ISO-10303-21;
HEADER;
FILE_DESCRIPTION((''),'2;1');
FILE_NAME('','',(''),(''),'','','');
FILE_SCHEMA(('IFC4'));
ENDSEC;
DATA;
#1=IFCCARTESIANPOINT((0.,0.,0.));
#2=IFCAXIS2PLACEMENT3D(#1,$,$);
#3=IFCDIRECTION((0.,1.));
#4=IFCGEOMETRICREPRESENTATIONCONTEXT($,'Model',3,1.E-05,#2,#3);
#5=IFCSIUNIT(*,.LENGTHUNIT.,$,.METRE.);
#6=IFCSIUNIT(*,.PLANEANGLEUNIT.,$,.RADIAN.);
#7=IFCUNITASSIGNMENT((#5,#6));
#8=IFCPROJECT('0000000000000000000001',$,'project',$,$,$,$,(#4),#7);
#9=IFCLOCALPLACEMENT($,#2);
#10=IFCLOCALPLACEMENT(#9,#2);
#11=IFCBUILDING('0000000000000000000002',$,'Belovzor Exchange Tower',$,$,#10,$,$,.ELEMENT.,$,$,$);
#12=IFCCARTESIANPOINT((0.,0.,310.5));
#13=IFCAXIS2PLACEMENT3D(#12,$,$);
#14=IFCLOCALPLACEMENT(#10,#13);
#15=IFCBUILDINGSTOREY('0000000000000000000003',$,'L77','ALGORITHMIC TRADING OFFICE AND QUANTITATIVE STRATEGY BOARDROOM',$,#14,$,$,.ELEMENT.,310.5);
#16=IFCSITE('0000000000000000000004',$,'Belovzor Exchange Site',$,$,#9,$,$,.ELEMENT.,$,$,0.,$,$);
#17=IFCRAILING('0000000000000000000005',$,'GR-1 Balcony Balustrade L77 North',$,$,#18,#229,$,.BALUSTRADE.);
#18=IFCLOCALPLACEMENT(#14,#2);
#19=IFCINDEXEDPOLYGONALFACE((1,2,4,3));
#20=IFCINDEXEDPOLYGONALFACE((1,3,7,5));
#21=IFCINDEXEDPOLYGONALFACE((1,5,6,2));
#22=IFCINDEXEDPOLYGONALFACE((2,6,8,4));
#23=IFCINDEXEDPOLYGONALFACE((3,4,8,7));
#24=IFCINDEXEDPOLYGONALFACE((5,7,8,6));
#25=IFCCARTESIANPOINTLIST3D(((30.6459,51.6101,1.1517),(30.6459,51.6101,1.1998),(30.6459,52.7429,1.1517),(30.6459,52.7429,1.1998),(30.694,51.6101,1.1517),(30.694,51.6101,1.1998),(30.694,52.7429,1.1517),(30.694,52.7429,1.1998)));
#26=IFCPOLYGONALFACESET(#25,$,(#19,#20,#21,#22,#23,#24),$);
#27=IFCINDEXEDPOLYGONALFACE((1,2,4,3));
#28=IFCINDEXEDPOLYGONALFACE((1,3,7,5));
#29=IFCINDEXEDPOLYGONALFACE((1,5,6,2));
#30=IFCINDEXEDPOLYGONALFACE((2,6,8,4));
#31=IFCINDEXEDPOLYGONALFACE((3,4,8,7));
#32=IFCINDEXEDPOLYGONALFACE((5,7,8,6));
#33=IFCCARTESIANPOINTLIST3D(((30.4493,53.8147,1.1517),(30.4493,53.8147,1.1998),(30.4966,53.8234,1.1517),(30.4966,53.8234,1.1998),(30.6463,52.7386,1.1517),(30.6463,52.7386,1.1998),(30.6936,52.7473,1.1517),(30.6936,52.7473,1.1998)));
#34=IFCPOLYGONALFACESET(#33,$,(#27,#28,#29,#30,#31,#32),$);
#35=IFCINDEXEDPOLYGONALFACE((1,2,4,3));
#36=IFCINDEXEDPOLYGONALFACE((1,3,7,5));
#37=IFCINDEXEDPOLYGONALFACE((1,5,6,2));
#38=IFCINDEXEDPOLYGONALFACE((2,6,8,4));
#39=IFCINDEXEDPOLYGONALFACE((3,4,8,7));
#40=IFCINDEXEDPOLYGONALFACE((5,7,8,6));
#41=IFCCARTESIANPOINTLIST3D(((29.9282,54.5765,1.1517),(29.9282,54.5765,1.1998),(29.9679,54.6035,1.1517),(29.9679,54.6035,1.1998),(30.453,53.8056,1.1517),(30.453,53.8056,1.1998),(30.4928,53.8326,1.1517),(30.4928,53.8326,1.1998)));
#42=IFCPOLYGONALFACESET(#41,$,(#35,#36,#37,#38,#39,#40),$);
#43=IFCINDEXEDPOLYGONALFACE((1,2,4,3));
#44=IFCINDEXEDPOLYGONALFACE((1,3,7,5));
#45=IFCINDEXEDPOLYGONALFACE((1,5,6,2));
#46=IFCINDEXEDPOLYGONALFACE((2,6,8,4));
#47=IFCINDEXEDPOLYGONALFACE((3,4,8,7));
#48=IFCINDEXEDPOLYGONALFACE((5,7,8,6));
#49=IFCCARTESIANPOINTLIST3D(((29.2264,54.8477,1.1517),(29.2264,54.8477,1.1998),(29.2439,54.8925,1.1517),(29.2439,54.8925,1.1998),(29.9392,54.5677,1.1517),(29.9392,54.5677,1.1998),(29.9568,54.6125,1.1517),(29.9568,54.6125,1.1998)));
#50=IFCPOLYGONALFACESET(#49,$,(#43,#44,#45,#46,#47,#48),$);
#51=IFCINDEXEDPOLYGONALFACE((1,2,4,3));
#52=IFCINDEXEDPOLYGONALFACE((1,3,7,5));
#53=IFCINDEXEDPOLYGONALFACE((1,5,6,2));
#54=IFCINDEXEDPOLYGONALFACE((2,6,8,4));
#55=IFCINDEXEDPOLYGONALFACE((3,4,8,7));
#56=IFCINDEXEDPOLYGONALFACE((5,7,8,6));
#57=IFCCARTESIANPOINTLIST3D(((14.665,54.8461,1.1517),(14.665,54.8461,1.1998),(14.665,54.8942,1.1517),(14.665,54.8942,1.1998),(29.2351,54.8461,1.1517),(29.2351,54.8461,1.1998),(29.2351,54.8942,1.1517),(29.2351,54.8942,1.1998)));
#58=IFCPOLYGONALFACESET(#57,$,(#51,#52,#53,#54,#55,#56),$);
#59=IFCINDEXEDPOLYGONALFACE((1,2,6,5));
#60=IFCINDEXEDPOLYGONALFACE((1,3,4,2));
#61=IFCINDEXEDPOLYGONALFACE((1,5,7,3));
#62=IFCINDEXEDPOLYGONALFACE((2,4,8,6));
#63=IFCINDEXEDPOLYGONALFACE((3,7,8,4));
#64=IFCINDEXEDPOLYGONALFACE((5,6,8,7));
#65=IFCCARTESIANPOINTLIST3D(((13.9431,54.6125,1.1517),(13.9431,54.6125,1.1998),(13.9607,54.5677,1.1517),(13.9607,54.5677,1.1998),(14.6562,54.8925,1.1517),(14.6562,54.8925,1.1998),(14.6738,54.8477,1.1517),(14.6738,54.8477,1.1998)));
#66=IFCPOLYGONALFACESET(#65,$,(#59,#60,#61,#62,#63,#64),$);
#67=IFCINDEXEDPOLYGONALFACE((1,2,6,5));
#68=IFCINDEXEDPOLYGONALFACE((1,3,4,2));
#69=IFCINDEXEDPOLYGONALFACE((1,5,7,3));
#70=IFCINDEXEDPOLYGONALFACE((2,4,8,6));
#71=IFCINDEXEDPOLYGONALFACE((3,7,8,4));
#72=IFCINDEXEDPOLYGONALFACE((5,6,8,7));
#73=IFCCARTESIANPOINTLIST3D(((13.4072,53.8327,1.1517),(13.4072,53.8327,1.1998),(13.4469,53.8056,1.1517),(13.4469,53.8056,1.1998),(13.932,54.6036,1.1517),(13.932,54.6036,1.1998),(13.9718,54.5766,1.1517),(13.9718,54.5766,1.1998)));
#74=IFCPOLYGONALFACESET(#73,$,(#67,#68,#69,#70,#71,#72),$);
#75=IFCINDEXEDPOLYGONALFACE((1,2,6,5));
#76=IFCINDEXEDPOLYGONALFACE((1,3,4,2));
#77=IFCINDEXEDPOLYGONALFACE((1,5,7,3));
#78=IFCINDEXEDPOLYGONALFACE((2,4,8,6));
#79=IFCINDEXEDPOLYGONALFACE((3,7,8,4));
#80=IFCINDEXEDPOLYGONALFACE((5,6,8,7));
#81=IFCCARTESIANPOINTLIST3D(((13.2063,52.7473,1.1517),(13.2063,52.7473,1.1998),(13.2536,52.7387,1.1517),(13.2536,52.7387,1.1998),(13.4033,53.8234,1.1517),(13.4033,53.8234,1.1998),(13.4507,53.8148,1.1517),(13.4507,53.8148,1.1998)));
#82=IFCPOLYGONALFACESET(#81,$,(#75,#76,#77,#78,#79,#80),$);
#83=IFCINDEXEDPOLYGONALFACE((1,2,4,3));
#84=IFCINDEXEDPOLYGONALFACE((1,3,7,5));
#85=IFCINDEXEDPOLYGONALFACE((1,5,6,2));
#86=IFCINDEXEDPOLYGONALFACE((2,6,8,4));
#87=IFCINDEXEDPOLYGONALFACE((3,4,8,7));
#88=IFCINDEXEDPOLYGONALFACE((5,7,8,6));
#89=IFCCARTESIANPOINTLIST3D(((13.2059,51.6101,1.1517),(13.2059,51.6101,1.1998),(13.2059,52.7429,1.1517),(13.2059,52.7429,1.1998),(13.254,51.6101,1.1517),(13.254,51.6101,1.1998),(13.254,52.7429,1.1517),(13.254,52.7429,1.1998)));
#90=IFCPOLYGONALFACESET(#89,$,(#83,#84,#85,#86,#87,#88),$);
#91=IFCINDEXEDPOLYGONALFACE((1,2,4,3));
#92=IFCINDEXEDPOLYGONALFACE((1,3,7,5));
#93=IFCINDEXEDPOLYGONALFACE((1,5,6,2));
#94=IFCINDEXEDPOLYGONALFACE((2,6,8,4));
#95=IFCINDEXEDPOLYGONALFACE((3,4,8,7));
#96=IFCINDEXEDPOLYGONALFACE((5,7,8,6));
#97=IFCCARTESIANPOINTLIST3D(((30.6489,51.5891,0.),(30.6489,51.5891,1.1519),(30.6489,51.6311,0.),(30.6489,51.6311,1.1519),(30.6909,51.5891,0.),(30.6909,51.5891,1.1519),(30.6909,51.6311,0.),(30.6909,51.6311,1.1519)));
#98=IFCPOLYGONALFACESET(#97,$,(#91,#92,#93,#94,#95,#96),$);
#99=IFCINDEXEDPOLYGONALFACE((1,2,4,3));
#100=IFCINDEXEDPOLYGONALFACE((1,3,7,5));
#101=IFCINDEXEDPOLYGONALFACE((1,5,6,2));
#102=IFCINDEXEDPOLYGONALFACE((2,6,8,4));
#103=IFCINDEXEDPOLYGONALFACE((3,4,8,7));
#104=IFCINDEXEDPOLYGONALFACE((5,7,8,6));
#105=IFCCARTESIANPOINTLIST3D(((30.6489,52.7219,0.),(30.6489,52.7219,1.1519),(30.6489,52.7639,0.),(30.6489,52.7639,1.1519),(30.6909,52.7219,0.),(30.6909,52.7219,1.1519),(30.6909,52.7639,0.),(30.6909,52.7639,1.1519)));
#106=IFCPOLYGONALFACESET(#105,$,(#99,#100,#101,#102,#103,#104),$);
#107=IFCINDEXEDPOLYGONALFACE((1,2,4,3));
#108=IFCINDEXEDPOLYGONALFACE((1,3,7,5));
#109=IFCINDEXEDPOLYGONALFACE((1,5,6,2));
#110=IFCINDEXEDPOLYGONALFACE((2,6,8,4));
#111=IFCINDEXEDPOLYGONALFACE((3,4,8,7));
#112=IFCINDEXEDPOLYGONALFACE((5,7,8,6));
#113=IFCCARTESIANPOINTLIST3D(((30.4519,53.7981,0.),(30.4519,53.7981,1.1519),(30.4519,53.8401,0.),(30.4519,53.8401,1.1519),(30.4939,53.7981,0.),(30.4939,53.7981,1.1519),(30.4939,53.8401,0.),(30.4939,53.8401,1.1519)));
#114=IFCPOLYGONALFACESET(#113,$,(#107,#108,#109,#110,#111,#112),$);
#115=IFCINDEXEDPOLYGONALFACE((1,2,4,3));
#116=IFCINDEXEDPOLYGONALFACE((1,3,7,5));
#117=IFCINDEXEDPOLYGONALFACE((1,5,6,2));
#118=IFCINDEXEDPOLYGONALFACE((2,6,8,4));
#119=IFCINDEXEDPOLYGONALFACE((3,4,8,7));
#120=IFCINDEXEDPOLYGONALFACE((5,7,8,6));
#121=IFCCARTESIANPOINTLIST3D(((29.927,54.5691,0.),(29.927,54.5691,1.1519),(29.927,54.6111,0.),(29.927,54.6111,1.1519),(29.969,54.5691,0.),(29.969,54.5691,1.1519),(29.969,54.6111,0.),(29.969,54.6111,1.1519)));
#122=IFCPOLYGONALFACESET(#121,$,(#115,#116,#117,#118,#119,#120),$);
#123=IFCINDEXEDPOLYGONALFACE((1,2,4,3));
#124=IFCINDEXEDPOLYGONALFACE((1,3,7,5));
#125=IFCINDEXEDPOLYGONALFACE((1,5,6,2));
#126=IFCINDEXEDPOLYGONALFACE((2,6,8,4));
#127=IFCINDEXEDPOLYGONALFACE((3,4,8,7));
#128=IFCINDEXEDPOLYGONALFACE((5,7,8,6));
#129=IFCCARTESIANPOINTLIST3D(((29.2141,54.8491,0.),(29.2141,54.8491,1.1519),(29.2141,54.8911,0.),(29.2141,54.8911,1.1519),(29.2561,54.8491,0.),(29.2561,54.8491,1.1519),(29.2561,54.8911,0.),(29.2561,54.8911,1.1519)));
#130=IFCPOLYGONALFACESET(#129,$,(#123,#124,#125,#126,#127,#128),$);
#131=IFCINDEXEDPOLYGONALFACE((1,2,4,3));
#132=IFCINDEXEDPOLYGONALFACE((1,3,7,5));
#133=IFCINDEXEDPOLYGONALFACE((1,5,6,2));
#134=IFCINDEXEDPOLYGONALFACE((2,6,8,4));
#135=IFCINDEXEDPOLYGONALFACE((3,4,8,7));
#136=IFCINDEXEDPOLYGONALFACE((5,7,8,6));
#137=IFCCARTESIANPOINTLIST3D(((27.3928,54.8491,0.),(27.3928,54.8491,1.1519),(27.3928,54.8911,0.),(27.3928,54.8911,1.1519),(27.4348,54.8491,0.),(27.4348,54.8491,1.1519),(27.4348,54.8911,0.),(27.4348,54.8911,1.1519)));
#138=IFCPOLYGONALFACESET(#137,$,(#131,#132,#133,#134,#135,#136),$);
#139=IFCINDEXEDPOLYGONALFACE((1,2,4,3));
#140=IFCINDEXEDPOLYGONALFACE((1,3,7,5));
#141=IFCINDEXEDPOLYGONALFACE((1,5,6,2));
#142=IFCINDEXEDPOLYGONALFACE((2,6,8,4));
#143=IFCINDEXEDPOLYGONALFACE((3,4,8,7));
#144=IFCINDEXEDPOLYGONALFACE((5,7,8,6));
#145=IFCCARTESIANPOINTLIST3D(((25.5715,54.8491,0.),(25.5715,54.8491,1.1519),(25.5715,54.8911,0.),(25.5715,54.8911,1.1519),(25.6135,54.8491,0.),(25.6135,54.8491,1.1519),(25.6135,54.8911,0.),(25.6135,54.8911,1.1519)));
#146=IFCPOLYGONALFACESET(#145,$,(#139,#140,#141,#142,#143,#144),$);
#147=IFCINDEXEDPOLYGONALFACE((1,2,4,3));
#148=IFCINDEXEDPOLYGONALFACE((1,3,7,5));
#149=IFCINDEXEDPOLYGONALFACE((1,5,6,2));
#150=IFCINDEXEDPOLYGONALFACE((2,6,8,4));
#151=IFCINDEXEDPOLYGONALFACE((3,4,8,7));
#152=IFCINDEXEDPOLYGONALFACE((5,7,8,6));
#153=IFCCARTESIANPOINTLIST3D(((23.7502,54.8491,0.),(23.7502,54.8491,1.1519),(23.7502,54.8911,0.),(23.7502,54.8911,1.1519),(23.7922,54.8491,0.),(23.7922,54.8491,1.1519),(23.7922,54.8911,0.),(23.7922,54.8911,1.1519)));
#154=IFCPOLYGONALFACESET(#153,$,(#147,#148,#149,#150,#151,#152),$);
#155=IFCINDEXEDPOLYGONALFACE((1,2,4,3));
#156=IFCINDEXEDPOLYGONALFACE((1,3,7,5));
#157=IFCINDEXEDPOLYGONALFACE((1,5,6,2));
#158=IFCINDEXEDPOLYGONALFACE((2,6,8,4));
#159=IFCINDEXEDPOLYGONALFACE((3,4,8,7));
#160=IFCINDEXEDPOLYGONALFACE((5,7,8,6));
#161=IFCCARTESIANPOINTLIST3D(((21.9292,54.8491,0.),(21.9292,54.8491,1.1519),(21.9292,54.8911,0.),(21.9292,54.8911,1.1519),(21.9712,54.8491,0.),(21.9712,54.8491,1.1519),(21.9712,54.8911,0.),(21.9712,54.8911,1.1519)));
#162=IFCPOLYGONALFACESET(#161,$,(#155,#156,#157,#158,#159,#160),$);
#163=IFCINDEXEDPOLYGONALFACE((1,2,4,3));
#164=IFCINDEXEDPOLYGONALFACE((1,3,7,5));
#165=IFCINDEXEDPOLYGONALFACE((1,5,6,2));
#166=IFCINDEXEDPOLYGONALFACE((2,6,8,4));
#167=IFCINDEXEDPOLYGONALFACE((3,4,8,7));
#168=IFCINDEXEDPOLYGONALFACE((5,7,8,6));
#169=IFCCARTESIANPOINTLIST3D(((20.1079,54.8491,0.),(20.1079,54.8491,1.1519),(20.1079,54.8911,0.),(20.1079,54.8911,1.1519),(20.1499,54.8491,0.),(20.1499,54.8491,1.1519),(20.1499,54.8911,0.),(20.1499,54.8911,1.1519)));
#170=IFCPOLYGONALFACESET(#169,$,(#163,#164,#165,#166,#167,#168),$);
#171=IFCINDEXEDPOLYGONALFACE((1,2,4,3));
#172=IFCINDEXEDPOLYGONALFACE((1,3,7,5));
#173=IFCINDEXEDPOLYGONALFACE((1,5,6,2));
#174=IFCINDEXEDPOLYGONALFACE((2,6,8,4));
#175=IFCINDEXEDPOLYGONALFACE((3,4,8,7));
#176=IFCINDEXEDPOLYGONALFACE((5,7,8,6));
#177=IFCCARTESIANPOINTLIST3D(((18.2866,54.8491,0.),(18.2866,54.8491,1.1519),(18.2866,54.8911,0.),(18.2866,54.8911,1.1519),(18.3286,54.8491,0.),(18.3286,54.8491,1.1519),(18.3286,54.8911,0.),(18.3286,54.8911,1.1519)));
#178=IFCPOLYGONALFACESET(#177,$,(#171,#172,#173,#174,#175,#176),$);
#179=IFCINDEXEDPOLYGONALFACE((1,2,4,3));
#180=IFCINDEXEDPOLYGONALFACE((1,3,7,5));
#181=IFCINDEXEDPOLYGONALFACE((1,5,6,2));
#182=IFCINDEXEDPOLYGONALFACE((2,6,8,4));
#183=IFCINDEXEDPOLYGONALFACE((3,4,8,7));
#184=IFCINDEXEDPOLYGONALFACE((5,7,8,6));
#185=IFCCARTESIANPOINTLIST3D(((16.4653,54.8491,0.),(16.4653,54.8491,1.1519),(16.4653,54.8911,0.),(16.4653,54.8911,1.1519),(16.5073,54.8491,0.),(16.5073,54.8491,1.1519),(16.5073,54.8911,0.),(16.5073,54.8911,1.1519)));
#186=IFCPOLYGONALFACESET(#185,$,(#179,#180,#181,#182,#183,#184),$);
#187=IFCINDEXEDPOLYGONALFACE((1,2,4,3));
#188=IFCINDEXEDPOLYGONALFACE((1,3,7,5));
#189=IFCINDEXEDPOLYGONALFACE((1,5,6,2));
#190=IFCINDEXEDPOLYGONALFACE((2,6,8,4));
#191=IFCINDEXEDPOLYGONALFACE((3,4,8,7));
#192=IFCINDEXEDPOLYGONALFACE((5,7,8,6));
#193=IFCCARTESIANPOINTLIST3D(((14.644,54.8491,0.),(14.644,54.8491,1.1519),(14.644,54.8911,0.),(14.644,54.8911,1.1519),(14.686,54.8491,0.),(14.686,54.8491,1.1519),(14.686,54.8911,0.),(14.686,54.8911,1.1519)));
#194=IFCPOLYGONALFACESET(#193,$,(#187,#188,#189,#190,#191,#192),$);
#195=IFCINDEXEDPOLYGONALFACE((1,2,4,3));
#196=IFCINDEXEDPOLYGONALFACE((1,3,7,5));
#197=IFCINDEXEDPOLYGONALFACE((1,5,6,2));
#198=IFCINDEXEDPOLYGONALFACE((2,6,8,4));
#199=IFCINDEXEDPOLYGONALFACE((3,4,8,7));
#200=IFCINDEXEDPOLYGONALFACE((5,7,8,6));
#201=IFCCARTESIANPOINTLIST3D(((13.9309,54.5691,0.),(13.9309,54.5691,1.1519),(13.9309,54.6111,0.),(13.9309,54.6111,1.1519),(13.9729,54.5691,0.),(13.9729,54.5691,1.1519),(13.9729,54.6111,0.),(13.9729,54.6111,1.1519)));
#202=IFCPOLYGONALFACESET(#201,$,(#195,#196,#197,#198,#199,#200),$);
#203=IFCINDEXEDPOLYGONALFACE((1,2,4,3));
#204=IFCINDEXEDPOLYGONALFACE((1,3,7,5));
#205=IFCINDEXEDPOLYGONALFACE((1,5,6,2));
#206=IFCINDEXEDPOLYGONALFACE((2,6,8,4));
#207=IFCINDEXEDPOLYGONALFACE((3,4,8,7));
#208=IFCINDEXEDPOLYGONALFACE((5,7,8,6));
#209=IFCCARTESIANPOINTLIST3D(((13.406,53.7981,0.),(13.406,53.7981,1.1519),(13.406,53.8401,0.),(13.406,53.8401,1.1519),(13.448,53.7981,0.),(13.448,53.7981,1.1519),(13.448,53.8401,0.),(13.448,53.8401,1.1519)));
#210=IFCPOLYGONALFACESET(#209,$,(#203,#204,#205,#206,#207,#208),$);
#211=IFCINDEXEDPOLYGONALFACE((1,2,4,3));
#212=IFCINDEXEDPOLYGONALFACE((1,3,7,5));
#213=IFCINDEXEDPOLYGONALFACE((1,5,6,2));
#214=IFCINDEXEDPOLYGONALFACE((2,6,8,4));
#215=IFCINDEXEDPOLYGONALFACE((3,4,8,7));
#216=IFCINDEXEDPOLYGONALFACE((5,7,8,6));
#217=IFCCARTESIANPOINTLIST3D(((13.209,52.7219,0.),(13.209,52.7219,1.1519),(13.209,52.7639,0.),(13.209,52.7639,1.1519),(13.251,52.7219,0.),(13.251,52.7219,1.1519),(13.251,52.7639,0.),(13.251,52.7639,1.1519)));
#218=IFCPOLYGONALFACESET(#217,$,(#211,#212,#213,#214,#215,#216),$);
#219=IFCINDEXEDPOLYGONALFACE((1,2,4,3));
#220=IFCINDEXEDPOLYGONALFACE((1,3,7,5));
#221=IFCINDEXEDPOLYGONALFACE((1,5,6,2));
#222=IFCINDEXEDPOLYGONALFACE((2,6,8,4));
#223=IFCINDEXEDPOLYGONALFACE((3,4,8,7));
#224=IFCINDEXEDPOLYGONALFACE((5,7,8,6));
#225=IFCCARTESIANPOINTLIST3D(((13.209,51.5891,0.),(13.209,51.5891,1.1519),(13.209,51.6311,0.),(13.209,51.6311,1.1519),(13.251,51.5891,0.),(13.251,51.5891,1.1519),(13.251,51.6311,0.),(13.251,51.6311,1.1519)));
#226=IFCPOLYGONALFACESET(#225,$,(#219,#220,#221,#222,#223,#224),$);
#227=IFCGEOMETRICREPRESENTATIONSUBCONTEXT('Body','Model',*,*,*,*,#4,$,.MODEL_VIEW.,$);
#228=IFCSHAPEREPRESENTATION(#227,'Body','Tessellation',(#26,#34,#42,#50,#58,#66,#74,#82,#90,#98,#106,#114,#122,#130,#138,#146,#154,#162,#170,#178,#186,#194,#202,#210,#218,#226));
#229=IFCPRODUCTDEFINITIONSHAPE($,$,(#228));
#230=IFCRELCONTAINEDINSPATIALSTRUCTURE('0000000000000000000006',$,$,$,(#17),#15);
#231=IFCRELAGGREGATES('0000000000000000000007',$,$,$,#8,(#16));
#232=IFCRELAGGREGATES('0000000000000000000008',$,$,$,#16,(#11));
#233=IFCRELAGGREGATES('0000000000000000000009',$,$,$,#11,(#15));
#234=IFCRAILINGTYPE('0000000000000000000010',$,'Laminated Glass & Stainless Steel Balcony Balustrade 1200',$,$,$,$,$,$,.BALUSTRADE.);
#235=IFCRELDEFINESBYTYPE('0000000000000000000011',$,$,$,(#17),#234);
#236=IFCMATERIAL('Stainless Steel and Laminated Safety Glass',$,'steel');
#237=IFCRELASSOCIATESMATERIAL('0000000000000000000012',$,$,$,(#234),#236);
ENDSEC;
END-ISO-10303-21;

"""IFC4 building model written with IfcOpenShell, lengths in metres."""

from ifc_helpers import new_model, si_unit, direction, frame, origin, origin_2d, place, context, subcontext, project, spatial, rectangle, extrude, material, type_object, element, save


model = new_model("IFC4")

# Units and contexts
model_context = context("Model", 3, precision=1e-05, world=origin(), true_north=direction((0.0, 1.0)))
body_context = subcontext(model_context, "Body", "Model", "MODEL_VIEW")
ifc_project = project(units=[si_unit("LENGTHUNIT", "METRE"), si_unit("PLANEANGLEUNIT", "RADIAN")], contexts=[model_context])

# Site, building, storey
site_placement = place(None, origin())
site = spatial("IfcSite", under=ifc_project, at=site_placement, Name="Belovzor Exchange Site", CompositionType="ELEMENT", RefElevation=0.0)
building_placement = place(site_placement, origin())
building = spatial("IfcBuilding", under=site, at=building_placement, Name="Belovzor Exchange Tower", CompositionType="ELEMENT")
storey_placement = place(building_placement, frame((0.0, 0.0, 310.5)))
storey = spatial("IfcBuildingStorey", under=building, at=storey_placement, Name="L77", Description="ALGORITHMIC TRADING OFFICE AND QUANTITATIVE STRATEGY BOARDROOM", CompositionType="ELEMENT", Elevation=310.5)

# Railing
ifc_material_1 = material(Name="Stainless Steel and Laminated Safety Glass", Category="steel")
railing_type_1 = type_object("IfcRailingType", Name="Laminated Glass & Stainless Steel Balcony Balustrade 1200", PredefinedType="BALUSTRADE", material=ifc_material_1)
railing_1_placement = place(storey_placement, frame((30.6699, 51.6101, 0.0)))
element("IfcRailing", 1, at=railing_1_placement, inside=storey, type_object=railing_type_1, Name="GR-1 Balcony Balustrade L77 North", PredefinedType="BALUSTRADE", context=body_context, shape_type="SweptSolid", body=[
    extrude(rectangle(XDim=0.0481, YDim=0.0481, at=origin_2d()), frame((0.0, 0.0, 1.1758), z_axis=(0.0, 1.0, 0.0), x_axis=(-1.0, 0.0, 0.0)), (0.0, 0.0, 1.0), 1.1328),
    extrude(rectangle(XDim=0.0481, YDim=0.0481, at=origin_2d()), frame((0.0, 1.1328, 1.1758), z_axis=(-0.180083, 0.983651, 0.0), x_axis=(-0.983651, -0.180083, 0.0)), (0.0, 0.0, 1.0), 1.094),
    extrude(rectangle(XDim=0.0481, YDim=0.0481, at=origin_2d()), frame((-0.197, 2.209, 1.1758), z_axis=(-0.562768, 0.826615, 0.0), x_axis=(-0.826615, -0.562768, 0.0)), (0.0, 0.0, 1.0), 0.9326),
    extrude(rectangle(XDim=0.0481, YDim=0.0481, at=origin_2d()), frame((-0.7219, 2.98, 1.1758), z_axis=(-0.930767, 0.365613, 0.0), x_axis=(-0.365613, -0.930767, 0.0)), (0.0, 0.0, 1.0), 0.7659),
    extrude(rectangle(XDim=0.0481, YDim=0.0481, at=origin_2d()), frame((-1.4348, 3.26, 1.1758), z_axis=(-1.0, 0.0, 0.0), x_axis=(0.0, -1.0, 0.0)), (0.0, 0.0, 1.0), 14.5701),
    extrude(rectangle(XDim=0.0481, YDim=0.0481, at=origin_2d()), frame((-16.0049, 3.26, 1.1758), z_axis=(-0.93081, -0.365504, 0.0), x_axis=(0.365504, -0.93081, 0.0)), (0.0, 0.0, 1.0), 0.7661),
    extrude(rectangle(XDim=0.0481, YDim=0.0481, at=origin_2d()), frame((-16.718, 2.98, 1.1758), z_axis=(-0.562768, -0.826615, 0.0), x_axis=(0.826615, -0.562768, 0.0)), (0.0, 0.0, 1.0), 0.9326),
    extrude(rectangle(XDim=0.0481, YDim=0.0481, at=origin_2d()), frame((-17.2429, 2.209, 1.1758), z_axis=(-0.180083, -0.983651, 0.0), x_axis=(0.983651, -0.180083, 0.0)), (0.0, 0.0, 1.0), 1.094),
    extrude(rectangle(XDim=0.0481, YDim=0.0481, at=origin_2d()), frame((-17.4399, 1.1328, 1.1758), z_axis=(0.0, -1.0, 0.0), x_axis=(1.0, 0.0, 0.0)), (0.0, 0.0, 1.0), 1.1328),
    extrude(rectangle(XDim=0.042, YDim=0.042, at=origin_2d()), origin(), (0.0, 0.0, 1.0), 1.1519),
    extrude(rectangle(XDim=0.042, YDim=0.042, at=origin_2d()), frame((0.0, 1.1328, 0.0)), (0.0, 0.0, 1.0), 1.1519),
    extrude(rectangle(XDim=0.042, YDim=0.042, at=origin_2d()), frame((-0.197, 2.209, 0.0)), (0.0, 0.0, 1.0), 1.1519),
    extrude(rectangle(XDim=0.042, YDim=0.042, at=origin_2d()), frame((-0.7219, 2.98, 0.0)), (0.0, 0.0, 1.0), 1.1519),
    extrude(rectangle(XDim=0.042, YDim=0.042, at=origin_2d()), frame((-1.4348, 3.26, 0.0)), (0.0, 0.0, 1.0), 1.1519),
    extrude(rectangle(XDim=0.042, YDim=0.042, at=origin_2d()), frame((-3.2561, 3.26, 0.0)), (0.0, 0.0, 1.0), 1.1519),
    extrude(rectangle(XDim=0.042, YDim=0.042, at=origin_2d()), frame((-5.0774, 3.26, 0.0)), (0.0, 0.0, 1.0), 1.1519),
    extrude(rectangle(XDim=0.042, YDim=0.042, at=origin_2d()), frame((-6.8987, 3.26, 0.0)), (0.0, 0.0, 1.0), 1.1519),
    extrude(rectangle(XDim=0.042, YDim=0.042, at=origin_2d()), frame((-8.7197, 3.26, 0.0)), (0.0, 0.0, 1.0), 1.1519),
    extrude(rectangle(XDim=0.042, YDim=0.042, at=origin_2d()), frame((-10.541, 3.26, 0.0)), (0.0, 0.0, 1.0), 1.1519),
    extrude(rectangle(XDim=0.042, YDim=0.042, at=origin_2d()), frame((-12.3623, 3.26, 0.0)), (0.0, 0.0, 1.0), 1.1519),
    extrude(rectangle(XDim=0.042, YDim=0.042, at=origin_2d()), frame((-14.1836, 3.26, 0.0)), (0.0, 0.0, 1.0), 1.1519),
    extrude(rectangle(XDim=0.042, YDim=0.042, at=origin_2d()), frame((-16.0049, 3.26, 0.0)), (0.0, 0.0, 1.0), 1.1519),
    extrude(rectangle(XDim=0.042, YDim=0.042, at=origin_2d()), frame((-16.718, 2.98, 0.0)), (0.0, 0.0, 1.0), 1.1519),
    extrude(rectangle(XDim=0.042, YDim=0.042, at=origin_2d()), frame((-17.2429, 2.209, 0.0)), (0.0, 0.0, 1.0), 1.1519),
    extrude(rectangle(XDim=0.042, YDim=0.042, at=origin_2d()), frame((-17.4399, 1.1328, 0.0)), (0.0, 0.0, 1.0), 1.1519),
    extrude(rectangle(XDim=0.042, YDim=0.042, at=origin_2d()), frame((-17.4399, 0.0, 0.0)), (0.0, 0.0, 1.0), 1.1519),
])

save(model, "model.ifc")
